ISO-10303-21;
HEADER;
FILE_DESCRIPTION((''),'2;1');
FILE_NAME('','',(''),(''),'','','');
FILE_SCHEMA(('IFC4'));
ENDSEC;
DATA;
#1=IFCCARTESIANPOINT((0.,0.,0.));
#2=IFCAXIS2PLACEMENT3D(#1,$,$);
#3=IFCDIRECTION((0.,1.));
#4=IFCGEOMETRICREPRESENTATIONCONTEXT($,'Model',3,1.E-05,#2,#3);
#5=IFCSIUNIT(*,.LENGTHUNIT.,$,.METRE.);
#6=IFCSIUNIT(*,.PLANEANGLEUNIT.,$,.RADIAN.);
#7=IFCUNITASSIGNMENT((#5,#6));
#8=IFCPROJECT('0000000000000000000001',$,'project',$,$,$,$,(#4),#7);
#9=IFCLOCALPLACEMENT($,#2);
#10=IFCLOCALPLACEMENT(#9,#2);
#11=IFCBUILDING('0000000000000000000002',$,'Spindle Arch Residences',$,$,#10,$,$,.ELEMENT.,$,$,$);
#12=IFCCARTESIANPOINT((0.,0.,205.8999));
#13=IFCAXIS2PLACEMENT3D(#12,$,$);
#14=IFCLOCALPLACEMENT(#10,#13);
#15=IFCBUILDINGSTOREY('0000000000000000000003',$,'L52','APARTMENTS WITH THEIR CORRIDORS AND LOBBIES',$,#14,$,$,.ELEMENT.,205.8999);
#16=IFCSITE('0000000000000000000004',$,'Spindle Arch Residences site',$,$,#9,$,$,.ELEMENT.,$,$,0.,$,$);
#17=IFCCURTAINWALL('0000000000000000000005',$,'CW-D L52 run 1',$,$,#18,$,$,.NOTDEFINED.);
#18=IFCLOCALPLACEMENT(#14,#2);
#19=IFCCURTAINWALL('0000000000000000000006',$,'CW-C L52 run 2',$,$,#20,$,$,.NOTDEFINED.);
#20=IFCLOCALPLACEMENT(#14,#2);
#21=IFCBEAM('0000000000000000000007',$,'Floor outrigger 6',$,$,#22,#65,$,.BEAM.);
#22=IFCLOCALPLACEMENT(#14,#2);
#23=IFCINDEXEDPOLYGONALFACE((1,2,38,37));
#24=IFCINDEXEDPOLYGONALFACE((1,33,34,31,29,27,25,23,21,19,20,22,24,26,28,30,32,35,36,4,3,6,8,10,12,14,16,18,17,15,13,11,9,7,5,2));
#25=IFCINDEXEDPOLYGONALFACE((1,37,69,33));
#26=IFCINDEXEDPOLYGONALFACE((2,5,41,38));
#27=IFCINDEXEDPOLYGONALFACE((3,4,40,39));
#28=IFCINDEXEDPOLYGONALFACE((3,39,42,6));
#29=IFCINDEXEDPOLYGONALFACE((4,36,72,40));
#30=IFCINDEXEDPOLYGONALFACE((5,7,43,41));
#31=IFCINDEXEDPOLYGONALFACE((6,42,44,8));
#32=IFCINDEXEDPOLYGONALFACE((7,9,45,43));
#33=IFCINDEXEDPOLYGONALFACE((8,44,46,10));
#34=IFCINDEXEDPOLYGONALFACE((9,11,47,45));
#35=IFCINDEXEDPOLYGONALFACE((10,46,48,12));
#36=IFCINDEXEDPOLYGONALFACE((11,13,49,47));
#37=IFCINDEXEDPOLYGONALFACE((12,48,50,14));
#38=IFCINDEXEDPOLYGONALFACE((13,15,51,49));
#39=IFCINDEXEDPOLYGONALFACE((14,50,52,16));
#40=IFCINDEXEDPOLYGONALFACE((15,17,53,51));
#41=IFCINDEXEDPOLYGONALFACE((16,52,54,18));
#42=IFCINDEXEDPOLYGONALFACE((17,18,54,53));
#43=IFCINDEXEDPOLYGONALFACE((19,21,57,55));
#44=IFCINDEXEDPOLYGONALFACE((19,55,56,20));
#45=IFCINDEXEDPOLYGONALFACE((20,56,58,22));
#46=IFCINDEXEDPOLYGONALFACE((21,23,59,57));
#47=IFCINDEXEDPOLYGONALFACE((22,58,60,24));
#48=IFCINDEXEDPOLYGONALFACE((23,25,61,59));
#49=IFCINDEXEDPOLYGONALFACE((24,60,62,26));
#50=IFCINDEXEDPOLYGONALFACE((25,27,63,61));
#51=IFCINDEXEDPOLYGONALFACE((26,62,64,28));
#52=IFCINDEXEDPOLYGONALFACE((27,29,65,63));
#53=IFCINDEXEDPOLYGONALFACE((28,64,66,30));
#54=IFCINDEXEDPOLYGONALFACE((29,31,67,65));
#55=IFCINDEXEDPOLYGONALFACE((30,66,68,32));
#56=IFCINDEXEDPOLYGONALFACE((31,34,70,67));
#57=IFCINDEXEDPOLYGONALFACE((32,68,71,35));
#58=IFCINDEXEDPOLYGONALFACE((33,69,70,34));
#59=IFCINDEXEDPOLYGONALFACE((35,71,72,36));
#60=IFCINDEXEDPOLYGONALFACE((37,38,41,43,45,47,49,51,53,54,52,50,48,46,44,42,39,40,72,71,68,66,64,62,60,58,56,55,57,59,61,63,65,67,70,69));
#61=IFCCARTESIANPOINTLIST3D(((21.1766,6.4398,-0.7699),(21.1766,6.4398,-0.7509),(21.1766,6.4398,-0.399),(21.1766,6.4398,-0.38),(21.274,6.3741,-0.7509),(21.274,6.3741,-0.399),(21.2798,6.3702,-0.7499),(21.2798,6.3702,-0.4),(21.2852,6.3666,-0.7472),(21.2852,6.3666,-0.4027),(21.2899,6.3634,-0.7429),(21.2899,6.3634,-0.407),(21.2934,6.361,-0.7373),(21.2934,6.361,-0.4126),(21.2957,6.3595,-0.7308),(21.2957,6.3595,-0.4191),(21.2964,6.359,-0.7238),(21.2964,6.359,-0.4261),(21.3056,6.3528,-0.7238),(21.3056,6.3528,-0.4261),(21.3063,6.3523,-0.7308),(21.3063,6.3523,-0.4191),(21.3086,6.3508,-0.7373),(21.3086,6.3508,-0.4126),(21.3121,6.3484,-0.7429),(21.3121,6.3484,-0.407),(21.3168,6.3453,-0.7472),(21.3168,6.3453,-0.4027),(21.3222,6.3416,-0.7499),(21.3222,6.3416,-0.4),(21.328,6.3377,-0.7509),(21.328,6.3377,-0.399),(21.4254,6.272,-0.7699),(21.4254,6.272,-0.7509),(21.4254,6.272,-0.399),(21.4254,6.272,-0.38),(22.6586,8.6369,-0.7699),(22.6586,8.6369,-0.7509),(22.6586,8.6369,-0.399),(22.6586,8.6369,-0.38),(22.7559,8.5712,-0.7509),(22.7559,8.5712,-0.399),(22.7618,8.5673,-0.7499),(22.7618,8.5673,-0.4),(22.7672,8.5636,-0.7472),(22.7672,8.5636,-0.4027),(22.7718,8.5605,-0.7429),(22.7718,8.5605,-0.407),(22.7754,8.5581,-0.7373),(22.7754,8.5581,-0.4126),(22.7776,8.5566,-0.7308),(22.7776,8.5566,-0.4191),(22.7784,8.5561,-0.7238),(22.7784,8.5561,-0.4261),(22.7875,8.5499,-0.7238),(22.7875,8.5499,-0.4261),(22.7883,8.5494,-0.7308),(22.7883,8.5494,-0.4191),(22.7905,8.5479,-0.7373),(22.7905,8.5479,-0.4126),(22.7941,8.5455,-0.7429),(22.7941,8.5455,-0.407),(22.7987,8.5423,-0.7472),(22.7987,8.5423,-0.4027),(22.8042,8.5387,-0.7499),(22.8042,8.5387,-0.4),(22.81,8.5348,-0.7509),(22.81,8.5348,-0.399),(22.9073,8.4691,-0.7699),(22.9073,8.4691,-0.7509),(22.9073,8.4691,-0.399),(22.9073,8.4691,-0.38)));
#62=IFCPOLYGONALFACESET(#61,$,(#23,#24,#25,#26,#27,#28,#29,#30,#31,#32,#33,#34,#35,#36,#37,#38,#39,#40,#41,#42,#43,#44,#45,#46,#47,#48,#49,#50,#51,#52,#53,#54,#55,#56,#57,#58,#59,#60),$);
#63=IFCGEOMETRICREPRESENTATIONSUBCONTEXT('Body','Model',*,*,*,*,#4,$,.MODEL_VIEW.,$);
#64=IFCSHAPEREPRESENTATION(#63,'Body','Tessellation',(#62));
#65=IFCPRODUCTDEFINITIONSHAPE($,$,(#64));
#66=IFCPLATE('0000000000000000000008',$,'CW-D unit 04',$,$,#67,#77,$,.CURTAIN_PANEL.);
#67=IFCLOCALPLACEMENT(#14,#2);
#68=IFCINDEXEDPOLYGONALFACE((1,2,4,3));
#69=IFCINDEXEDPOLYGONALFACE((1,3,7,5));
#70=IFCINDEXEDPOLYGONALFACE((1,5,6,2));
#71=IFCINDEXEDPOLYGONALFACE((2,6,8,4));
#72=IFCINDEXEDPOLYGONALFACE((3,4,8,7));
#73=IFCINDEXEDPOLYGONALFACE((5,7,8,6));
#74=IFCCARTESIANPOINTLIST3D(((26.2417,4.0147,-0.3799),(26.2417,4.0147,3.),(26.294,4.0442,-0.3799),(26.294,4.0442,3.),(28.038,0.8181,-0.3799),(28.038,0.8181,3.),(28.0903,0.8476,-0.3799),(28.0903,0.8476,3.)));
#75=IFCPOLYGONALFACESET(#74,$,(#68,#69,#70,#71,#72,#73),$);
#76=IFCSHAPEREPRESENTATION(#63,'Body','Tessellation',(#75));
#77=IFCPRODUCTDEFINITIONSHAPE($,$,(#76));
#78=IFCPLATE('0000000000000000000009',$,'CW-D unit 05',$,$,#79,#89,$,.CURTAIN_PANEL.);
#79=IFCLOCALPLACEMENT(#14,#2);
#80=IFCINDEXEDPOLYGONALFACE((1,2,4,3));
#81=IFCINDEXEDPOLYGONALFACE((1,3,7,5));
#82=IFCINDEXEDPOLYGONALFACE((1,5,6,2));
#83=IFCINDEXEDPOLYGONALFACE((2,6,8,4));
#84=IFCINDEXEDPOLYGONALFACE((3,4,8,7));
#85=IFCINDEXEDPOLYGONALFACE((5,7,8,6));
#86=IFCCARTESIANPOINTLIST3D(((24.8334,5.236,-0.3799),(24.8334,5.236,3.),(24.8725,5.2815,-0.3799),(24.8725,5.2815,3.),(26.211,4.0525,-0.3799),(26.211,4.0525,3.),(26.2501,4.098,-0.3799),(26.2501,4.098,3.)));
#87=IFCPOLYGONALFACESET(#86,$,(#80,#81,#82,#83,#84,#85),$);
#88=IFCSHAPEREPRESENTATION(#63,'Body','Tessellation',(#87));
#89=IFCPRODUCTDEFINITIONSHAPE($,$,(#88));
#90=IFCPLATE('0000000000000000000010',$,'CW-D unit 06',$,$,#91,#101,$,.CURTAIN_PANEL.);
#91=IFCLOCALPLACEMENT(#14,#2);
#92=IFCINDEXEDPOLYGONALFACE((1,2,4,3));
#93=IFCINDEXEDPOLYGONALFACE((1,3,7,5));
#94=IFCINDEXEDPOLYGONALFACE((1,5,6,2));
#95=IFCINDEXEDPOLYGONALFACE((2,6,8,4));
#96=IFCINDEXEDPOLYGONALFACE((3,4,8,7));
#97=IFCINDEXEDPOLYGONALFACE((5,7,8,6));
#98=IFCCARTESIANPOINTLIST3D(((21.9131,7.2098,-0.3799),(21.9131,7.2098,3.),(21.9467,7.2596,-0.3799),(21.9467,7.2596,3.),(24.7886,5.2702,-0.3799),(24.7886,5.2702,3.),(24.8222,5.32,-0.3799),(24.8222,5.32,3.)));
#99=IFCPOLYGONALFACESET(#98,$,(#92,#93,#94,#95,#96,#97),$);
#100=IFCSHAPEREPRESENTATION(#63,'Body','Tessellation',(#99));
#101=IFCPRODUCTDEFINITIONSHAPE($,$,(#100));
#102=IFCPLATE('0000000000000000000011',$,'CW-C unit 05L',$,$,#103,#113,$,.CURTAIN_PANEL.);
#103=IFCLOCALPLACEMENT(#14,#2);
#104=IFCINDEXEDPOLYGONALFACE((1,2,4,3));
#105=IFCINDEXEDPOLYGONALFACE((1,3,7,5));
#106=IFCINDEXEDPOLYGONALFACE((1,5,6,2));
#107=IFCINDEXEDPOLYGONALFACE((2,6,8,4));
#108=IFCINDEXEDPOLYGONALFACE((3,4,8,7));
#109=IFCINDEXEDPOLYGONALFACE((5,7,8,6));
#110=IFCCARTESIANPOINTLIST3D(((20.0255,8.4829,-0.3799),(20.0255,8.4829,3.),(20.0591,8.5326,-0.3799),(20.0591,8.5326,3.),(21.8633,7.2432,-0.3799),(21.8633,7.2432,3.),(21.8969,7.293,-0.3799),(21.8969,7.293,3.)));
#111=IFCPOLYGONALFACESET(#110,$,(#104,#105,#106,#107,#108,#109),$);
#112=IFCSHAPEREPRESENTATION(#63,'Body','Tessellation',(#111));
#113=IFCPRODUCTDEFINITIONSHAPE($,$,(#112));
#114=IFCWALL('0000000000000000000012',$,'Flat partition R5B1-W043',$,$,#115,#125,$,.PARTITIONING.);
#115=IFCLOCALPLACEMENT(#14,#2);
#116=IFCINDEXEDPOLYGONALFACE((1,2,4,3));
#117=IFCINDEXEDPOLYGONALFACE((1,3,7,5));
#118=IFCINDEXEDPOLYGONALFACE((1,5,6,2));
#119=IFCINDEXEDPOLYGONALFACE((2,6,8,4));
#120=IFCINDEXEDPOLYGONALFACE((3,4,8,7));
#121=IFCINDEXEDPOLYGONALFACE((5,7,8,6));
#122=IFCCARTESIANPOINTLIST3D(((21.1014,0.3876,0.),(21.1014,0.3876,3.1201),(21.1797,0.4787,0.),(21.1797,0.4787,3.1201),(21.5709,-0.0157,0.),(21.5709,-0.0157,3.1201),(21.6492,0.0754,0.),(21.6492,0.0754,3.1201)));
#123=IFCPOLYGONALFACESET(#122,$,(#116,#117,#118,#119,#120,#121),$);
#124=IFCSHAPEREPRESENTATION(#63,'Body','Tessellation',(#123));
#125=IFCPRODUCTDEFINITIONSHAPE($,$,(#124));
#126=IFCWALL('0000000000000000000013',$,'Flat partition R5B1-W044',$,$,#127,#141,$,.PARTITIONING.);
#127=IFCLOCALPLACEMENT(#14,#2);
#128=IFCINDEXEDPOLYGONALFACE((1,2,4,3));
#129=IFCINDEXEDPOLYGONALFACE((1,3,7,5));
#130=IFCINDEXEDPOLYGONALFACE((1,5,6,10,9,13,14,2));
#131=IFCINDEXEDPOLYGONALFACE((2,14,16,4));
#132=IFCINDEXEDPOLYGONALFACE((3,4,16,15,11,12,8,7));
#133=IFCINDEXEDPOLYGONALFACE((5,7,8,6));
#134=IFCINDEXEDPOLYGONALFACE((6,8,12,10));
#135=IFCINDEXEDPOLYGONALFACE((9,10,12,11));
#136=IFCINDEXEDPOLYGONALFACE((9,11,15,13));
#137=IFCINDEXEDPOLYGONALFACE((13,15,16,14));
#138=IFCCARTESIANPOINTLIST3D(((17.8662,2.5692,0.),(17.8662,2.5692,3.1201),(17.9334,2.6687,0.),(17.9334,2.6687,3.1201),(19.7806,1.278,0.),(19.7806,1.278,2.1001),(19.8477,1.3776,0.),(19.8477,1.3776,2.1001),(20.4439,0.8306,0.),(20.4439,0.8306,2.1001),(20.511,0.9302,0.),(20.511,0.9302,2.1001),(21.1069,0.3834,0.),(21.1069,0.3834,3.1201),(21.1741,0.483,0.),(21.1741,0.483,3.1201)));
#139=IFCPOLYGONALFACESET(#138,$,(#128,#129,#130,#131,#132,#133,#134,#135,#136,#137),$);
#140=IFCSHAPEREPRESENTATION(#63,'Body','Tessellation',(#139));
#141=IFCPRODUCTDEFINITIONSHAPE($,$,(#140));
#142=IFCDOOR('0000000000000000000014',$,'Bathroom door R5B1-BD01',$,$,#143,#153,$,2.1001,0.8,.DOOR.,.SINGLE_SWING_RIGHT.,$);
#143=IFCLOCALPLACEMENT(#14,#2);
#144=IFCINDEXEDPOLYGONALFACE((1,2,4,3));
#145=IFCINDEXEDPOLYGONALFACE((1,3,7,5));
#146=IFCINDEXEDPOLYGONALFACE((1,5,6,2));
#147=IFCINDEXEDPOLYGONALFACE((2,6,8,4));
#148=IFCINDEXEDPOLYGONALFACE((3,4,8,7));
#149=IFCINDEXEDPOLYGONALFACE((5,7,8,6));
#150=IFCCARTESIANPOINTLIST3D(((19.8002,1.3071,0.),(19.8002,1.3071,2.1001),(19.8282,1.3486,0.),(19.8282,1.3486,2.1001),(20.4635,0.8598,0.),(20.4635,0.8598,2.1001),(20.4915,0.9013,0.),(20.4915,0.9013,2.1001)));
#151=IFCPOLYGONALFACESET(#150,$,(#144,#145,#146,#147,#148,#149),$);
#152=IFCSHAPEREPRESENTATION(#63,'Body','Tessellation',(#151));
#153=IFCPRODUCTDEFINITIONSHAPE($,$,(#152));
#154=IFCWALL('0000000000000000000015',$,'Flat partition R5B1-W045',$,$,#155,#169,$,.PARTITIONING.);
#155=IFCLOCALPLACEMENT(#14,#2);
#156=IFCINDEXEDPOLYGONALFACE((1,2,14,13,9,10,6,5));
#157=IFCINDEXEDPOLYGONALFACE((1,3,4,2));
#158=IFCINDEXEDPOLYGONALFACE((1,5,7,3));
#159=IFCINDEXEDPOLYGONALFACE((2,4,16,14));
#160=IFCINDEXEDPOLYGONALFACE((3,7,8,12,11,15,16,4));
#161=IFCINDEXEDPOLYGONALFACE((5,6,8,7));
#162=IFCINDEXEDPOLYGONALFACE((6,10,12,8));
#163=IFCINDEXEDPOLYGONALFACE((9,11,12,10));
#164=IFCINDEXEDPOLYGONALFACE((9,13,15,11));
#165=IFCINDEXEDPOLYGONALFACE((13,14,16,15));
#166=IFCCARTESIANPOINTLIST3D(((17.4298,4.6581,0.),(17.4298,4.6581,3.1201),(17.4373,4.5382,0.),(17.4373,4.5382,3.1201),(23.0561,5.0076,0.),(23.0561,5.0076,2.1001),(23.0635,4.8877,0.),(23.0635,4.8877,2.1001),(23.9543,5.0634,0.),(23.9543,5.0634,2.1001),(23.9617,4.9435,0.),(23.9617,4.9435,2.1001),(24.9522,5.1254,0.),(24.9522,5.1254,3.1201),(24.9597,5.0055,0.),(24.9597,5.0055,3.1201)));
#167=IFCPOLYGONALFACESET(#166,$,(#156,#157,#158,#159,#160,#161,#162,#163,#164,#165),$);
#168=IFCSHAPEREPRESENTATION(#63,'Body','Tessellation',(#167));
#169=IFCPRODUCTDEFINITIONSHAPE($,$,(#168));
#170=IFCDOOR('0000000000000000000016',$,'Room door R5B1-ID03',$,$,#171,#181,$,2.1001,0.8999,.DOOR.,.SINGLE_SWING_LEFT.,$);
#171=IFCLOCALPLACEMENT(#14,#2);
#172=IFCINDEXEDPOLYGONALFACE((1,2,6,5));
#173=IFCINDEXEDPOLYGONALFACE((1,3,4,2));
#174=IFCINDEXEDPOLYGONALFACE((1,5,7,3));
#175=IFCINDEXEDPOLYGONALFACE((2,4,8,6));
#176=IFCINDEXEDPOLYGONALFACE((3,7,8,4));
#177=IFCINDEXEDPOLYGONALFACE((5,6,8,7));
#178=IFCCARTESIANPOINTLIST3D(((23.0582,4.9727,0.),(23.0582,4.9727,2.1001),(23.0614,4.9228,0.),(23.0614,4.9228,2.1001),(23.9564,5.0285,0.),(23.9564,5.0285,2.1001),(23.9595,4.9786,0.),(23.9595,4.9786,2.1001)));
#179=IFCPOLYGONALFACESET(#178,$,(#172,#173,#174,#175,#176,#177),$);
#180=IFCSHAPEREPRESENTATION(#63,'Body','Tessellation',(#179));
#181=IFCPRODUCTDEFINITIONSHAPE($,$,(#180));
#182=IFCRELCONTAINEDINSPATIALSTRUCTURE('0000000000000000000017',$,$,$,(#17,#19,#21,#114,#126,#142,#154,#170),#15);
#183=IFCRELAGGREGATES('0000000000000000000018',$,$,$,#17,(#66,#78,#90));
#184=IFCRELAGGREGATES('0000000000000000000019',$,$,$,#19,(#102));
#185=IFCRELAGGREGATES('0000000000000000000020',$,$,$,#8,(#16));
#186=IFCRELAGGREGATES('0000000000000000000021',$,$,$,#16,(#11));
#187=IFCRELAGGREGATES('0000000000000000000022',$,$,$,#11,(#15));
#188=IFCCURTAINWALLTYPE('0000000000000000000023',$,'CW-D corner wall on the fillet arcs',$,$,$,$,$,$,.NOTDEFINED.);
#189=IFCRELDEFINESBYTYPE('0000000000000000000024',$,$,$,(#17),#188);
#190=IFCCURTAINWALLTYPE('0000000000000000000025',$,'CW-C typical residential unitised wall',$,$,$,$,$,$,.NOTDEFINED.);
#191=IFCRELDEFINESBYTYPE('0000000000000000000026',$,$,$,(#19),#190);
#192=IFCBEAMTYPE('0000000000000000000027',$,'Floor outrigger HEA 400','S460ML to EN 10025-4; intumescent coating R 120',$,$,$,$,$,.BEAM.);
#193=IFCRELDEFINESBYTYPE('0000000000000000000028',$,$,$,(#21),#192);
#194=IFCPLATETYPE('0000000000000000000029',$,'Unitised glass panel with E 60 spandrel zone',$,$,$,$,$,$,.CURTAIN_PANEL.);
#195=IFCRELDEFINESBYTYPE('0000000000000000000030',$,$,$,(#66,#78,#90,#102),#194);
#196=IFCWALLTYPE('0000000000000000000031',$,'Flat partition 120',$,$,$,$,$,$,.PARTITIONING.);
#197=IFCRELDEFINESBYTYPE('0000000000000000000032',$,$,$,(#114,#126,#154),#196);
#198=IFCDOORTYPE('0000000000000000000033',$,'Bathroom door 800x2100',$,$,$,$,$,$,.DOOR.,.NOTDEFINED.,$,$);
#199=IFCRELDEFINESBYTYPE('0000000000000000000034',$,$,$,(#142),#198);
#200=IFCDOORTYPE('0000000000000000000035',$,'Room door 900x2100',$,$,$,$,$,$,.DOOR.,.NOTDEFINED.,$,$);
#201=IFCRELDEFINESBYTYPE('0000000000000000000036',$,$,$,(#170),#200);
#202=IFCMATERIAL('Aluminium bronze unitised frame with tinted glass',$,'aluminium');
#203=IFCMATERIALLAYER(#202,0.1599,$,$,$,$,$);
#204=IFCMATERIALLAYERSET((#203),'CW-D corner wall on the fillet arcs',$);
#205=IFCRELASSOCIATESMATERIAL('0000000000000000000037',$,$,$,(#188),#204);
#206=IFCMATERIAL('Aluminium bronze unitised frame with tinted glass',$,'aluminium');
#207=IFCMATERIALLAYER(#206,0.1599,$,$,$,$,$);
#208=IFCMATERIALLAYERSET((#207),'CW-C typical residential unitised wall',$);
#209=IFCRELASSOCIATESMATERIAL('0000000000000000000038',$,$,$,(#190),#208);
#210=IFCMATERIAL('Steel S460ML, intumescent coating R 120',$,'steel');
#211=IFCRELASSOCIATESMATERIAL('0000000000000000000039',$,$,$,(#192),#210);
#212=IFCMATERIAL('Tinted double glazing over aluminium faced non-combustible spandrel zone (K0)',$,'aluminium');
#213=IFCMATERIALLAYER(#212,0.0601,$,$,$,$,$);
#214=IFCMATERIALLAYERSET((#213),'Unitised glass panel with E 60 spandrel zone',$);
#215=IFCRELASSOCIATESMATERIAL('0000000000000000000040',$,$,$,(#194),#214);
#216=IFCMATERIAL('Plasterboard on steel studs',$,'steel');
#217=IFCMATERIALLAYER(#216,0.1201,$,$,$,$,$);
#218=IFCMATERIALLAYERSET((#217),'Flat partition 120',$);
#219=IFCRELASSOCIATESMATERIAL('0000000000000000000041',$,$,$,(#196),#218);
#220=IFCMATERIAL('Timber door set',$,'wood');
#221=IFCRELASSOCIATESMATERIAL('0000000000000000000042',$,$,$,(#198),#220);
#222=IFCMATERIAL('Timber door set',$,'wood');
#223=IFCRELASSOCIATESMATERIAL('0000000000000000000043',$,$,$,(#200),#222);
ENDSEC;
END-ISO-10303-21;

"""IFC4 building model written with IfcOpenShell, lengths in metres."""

from ifc_helpers import new_model, si_unit, direction, frame, frame_2d, origin, origin_2d, place, context, subcontext, project, spatial, rectangle, i_section, extrude, material, layer, layer_set, material_profile, profile_set, type_object, element, fill, aggregate, save


model = new_model("IFC4")

# Units and contexts
model_context = context("Model", 3, precision=1e-05, world=origin(), true_north=direction((0.0, 1.0)))
body_context = subcontext(model_context, "Body", "Model", "MODEL_VIEW")
ifc_project = project(units=[si_unit("LENGTHUNIT", "METRE"), si_unit("PLANEANGLEUNIT", "RADIAN")], contexts=[model_context])

# Site, building, storey
site_placement = place(None, origin())
site = spatial("IfcSite", under=ifc_project, at=site_placement, Name="Spindle Arch Residences site", CompositionType="ELEMENT", RefElevation=0.0)
building_placement = place(site_placement, origin())
building = spatial("IfcBuilding", under=site, at=building_placement, Name="Spindle Arch Residences", CompositionType="ELEMENT")
storey_placement = place(building_placement, frame((0.0, 0.0, 205.8999)))
storey = spatial("IfcBuildingStorey", under=building, at=storey_placement, Name="L52", Description="APARTMENTS WITH THEIR CORRIDORS AND LOBBIES", CompositionType="ELEMENT", Elevation=205.8999)

# Curtain wall
ifc_material_1 = material(Name="Aluminium bronze unitised frame with tinted glass", Category="aluminium")
ifc_layer_1 = layer(ifc_material_1, 0.1599)
ifc_layer_set_1 = layer_set([ifc_layer_1], Name="CW-D corner wall on the fillet arcs")
curtain_wall_type_1 = type_object("IfcCurtainWallType", Name="CW-D corner wall on the fillet arcs", PredefinedType="NOTDEFINED", material=ifc_layer_set_1)
curtain_wall_1_placement = place(storey_placement, origin())
curtain_wall_1 = element("IfcCurtainWall", 1, at=curtain_wall_1_placement, inside=storey, type_object=curtain_wall_type_1, Name="CW-D L52 run 1", PredefinedType="NOTDEFINED")

# Curtain wall
ifc_material_2 = material(Name="Aluminium bronze unitised frame with tinted glass", Category="aluminium")
ifc_layer_2 = layer(ifc_material_2, 0.1599)
ifc_layer_set_2 = layer_set([ifc_layer_2], Name="CW-C typical residential unitised wall")
curtain_wall_type_2 = type_object("IfcCurtainWallType", Name="CW-C typical residential unitised wall", PredefinedType="NOTDEFINED", material=ifc_layer_set_2)
curtain_wall_2_placement = place(storey_placement, origin())
curtain_wall_2 = element("IfcCurtainWall", 2, at=curtain_wall_2_placement, inside=storey, type_object=curtain_wall_type_2, Name="CW-C L52 run 2", PredefinedType="NOTDEFINED")

# Beam
ifc_material_3 = material(Name="Steel S460ML, intumescent coating R 120", Category="steel")
ifc_material_profile_1 = material_profile(ifc_material_3, i_section(OverallWidth=0.3, OverallDepth=0.3899, WebThickness=0.011, FlangeThickness=0.019, FilletRadius=0.0271, at=origin_2d()), Name="HEA 400")
ifc_profile_set_1 = profile_set([ifc_material_profile_1], Name="Steel S460ML, intumescent coating R 120")
beam_type_1 = type_object("IfcBeamType", Name="Floor outrigger HEA 400", Description="S460ML to EN 10025-4; intumescent coating R 120", PredefinedType="BEAM", material=ifc_profile_set_1)
beam_1_placement = place(storey_placement, frame((22.783, 8.553, -0.575), z_axis=(-0.559199, -0.829033, 0.0), x_axis=(0.829033, -0.559199, 0.0)))
element("IfcBeam", 3, at=beam_1_placement, inside=storey, type_object=beam_type_1, Name="Floor outrigger 6", PredefinedType="BEAM", context=body_context, shape_type="SweptSolid", body=[
    extrude(i_section(OverallWidth=0.3, OverallDepth=0.3899, WebThickness=0.011, FlangeThickness=0.019, FilletRadius=0.0271, at=origin_2d()), origin(), (0.0, 0.0, 1.0), 2.6501),
])

# Plates
ifc_material_4 = material(Name="Tinted double glazing over aluminium faced non-combustible spandrel zone (K0)", Category="aluminium")
ifc_layer_3 = layer(ifc_material_4, 0.0601)
ifc_layer_set_3 = layer_set([ifc_layer_3], Name="Unitised glass panel with E 60 spandrel zone")
plate_type = type_object("IfcPlateType", Name="Unitised glass panel with E 60 spandrel zone", PredefinedType="CURTAIN_PANEL", material=ifc_layer_set_3)
plate_1_placement = place(storey_placement, frame((27.166, 2.4312, -0.3799), z_axis=(0.0, 0.0, 1.0), x_axis=(-0.48989, 0.871784, 0.0)))
plate_1 = element("IfcPlate", 4, at=plate_1_placement, type_object=plate_type, Name="CW-D unit 04", PredefinedType="CURTAIN_PANEL", context=body_context, shape_type="SweptSolid", body=[
    extrude(rectangle(XDim=3.6667, YDim=0.0601, at=origin_2d()), origin(), (0.0, 0.0, 1.0), 3.3799),
])
plate_2_placement = place(storey_placement, frame((25.5417, 4.667, -0.3799), z_axis=(0.0, 0.0, 1.0), x_axis=(-0.758514, 0.651657, 0.0)))
plate_2 = element("IfcPlate", 5, at=plate_2_placement, type_object=plate_type, Name="CW-D unit 05", PredefinedType="CURTAIN_PANEL", context=body_context, shape_type="SweptSolid", body=[
    extrude(rectangle(XDim=1.8162, YDim=0.0601, at=origin_2d()), origin(), (0.0, 0.0, 1.0), 3.3799),
])
plate_3_placement = place(storey_placement, frame((23.3677, 6.2649, -0.3799), z_axis=(0.0, 0.0, 1.0), x_axis=(-0.829038, 0.559193, 0.0)))
plate_3 = element("IfcPlate", 6, at=plate_3_placement, type_object=plate_type, Name="CW-D unit 06", PredefinedType="CURTAIN_PANEL", context=body_context, shape_type="SweptSolid", body=[
    extrude(rectangle(XDim=3.4685, YDim=0.0601, at=origin_2d()), origin(), (0.0, 0.0, 1.0), 3.3799),
])
aggregate(curtain_wall_1, [plate_1, plate_2, plate_3])
plate_4_placement = place(storey_placement, frame((20.9612, 7.8879, -0.3799), z_axis=(0.0, 0.0, 1.0), x_axis=(-0.829038, 0.559193, 0.0)))
plate_4 = element("IfcPlate", 7, at=plate_4_placement, type_object=plate_type, Name="CW-C unit 05L", PredefinedType="CURTAIN_PANEL", context=body_context, shape_type="SweptSolid", body=[
    extrude(rectangle(XDim=2.2168, YDim=0.0601, at=origin_2d()), origin(), (0.0, 0.0, 1.0), 3.3799),
])
aggregate(curtain_wall_2, [plate_4])

# Wall
ifc_material_5 = material(Name="Plasterboard on steel studs", Category="steel")
ifc_layer_4 = layer(ifc_material_5, 0.1201)
ifc_layer_set_4 = layer_set([ifc_layer_4], Name="Flat partition 120")
wall_type_1 = type_object("IfcWallType", Name="Flat partition 120", PredefinedType="PARTITIONING", material=ifc_layer_set_4)
wall_1_placement = place(storey_placement, frame((21.6101, 0.0298, 0.0), z_axis=(0.0, 0.0, 1.0), x_axis=(-0.758532, 0.651636, 0.0)))
element("IfcWall", 8, at=wall_1_placement, inside=storey, type_object=wall_type_1, Name="Flat partition R5B1-W043", PredefinedType="PARTITIONING", context=body_context, shape_type="SweptSolid", body=[
    extrude(rectangle(XDim=0.6189, YDim=0.1201, at=frame_2d((0.3096, 0.0))), origin(), (0.0, 0.0, 1.0), 3.1201),
])

# Walls, openings, doors
wall_2_placement = place(storey_placement, frame((21.1406, 0.4331, 0.0), z_axis=(0.0, 0.0, 1.0), x_axis=(-0.82905, 0.559175, 0.0)))
wall_2 = element("IfcWall", 9, at=wall_2_placement, inside=storey, type_object=wall_type_1, Name="Flat partition R5B1-W044", PredefinedType="PARTITIONING", context=body_context, shape_type="SweptSolid", body=[
    extrude(rectangle(XDim=3.9089, YDim=0.1201, at=frame_2d((1.9546, 0.0))), origin(), (0.0, 0.0, 1.0), 3.1201),
])
opening_1_placement = place(wall_2_placement, frame((0.8, 0.0, 0.0)))
opening_1 = element("IfcOpeningElement", 10, at=opening_1_placement, cuts=wall_2, PredefinedType="OPENING", context=body_context, shape_type="SweptSolid", body=[
    extrude(rectangle(XDim=0.8, YDim=2.1001, at=frame_2d((0.3999, 1.05))), frame((0.0, 0.0701, 0.0), z_axis=(0.0, -1.0, 0.0), x_axis=(1.0, 0.0, 0.0)), (0.0, 0.0, 1.0), 0.1401),
])
ifc_material_6 = material(Name="Timber door set", Category="wood")
door_type_1 = type_object("IfcDoorType", Name="Bathroom door 800x2100", OperationType="NOTDEFINED", PredefinedType="DOOR", material=ifc_material_6)
door_1_placement = place(opening_1_placement, origin())
door_1 = element("IfcDoor", 11, at=door_1_placement, inside=storey, type_object=door_type_1, Name="Bathroom door R5B1-BD01", OperationType="SINGLE_SWING_RIGHT", OverallHeight=2.1001, OverallWidth=0.8, PredefinedType="DOOR", context=body_context, shape_type="SweptSolid", body=[
    extrude(rectangle(XDim=0.8, YDim=2.1001, at=frame_2d((0.3999, 1.05))), frame((0.0, 0.0249, 0.0), z_axis=(0.0, -1.0, 0.0), x_axis=(1.0, 0.0, 0.0)), (0.0, 0.0, 1.0), 0.05),
])
fill(opening_1, door_1)
wall_3_placement = place(storey_placement, frame((24.9561, 5.0654, 0.0), z_axis=(0.0, 0.0, 1.0), x_axis=(-0.998076, -0.061999, 0.0)))
wall_3 = element("IfcWall", 12, at=wall_3_placement, inside=storey, type_object=wall_type_1, Name="Flat partition R5B1-W045", PredefinedType="PARTITIONING", context=body_context, shape_type="SweptSolid", body=[
    extrude(rectangle(XDim=7.5369, YDim=0.1201, at=frame_2d((3.7686, 0.0))), origin(), (0.0, 0.0, 1.0), 3.1201),
])
opening_2_placement = place(wall_3_placement, frame((1.0, 0.0, 0.0)))
opening_2 = element("IfcOpeningElement", 13, at=opening_2_placement, cuts=wall_3, PredefinedType="OPENING", context=body_context, shape_type="SweptSolid", body=[
    extrude(rectangle(XDim=0.8999, YDim=2.1001, at=frame_2d((0.45, 1.05))), frame((0.0, 0.0701, 0.0), z_axis=(0.0, -1.0, 0.0), x_axis=(1.0, 0.0, 0.0)), (0.0, 0.0, 1.0), 0.1401),
])
ifc_material_7 = material(Name="Timber door set", Category="wood")
door_type_2 = type_object("IfcDoorType", Name="Room door 900x2100", OperationType="NOTDEFINED", PredefinedType="DOOR", material=ifc_material_7)
door_2_placement = place(opening_2_placement, origin())
door_2 = element("IfcDoor", 14, at=door_2_placement, inside=storey, type_object=door_type_2, Name="Room door R5B1-ID03", OperationType="SINGLE_SWING_LEFT", OverallHeight=2.1001, OverallWidth=0.8999, PredefinedType="DOOR", context=body_context, shape_type="SweptSolid", body=[
    extrude(rectangle(XDim=0.8999, YDim=2.1001, at=frame_2d((0.45, 1.05))), frame((0.0, 0.0249, 0.0), z_axis=(0.0, -1.0, 0.0), x_axis=(1.0, 0.0, 0.0)), (0.0, 0.0, 1.0), 0.05),
])
fill(opening_2, door_2)

save(model, "model.ifc")
